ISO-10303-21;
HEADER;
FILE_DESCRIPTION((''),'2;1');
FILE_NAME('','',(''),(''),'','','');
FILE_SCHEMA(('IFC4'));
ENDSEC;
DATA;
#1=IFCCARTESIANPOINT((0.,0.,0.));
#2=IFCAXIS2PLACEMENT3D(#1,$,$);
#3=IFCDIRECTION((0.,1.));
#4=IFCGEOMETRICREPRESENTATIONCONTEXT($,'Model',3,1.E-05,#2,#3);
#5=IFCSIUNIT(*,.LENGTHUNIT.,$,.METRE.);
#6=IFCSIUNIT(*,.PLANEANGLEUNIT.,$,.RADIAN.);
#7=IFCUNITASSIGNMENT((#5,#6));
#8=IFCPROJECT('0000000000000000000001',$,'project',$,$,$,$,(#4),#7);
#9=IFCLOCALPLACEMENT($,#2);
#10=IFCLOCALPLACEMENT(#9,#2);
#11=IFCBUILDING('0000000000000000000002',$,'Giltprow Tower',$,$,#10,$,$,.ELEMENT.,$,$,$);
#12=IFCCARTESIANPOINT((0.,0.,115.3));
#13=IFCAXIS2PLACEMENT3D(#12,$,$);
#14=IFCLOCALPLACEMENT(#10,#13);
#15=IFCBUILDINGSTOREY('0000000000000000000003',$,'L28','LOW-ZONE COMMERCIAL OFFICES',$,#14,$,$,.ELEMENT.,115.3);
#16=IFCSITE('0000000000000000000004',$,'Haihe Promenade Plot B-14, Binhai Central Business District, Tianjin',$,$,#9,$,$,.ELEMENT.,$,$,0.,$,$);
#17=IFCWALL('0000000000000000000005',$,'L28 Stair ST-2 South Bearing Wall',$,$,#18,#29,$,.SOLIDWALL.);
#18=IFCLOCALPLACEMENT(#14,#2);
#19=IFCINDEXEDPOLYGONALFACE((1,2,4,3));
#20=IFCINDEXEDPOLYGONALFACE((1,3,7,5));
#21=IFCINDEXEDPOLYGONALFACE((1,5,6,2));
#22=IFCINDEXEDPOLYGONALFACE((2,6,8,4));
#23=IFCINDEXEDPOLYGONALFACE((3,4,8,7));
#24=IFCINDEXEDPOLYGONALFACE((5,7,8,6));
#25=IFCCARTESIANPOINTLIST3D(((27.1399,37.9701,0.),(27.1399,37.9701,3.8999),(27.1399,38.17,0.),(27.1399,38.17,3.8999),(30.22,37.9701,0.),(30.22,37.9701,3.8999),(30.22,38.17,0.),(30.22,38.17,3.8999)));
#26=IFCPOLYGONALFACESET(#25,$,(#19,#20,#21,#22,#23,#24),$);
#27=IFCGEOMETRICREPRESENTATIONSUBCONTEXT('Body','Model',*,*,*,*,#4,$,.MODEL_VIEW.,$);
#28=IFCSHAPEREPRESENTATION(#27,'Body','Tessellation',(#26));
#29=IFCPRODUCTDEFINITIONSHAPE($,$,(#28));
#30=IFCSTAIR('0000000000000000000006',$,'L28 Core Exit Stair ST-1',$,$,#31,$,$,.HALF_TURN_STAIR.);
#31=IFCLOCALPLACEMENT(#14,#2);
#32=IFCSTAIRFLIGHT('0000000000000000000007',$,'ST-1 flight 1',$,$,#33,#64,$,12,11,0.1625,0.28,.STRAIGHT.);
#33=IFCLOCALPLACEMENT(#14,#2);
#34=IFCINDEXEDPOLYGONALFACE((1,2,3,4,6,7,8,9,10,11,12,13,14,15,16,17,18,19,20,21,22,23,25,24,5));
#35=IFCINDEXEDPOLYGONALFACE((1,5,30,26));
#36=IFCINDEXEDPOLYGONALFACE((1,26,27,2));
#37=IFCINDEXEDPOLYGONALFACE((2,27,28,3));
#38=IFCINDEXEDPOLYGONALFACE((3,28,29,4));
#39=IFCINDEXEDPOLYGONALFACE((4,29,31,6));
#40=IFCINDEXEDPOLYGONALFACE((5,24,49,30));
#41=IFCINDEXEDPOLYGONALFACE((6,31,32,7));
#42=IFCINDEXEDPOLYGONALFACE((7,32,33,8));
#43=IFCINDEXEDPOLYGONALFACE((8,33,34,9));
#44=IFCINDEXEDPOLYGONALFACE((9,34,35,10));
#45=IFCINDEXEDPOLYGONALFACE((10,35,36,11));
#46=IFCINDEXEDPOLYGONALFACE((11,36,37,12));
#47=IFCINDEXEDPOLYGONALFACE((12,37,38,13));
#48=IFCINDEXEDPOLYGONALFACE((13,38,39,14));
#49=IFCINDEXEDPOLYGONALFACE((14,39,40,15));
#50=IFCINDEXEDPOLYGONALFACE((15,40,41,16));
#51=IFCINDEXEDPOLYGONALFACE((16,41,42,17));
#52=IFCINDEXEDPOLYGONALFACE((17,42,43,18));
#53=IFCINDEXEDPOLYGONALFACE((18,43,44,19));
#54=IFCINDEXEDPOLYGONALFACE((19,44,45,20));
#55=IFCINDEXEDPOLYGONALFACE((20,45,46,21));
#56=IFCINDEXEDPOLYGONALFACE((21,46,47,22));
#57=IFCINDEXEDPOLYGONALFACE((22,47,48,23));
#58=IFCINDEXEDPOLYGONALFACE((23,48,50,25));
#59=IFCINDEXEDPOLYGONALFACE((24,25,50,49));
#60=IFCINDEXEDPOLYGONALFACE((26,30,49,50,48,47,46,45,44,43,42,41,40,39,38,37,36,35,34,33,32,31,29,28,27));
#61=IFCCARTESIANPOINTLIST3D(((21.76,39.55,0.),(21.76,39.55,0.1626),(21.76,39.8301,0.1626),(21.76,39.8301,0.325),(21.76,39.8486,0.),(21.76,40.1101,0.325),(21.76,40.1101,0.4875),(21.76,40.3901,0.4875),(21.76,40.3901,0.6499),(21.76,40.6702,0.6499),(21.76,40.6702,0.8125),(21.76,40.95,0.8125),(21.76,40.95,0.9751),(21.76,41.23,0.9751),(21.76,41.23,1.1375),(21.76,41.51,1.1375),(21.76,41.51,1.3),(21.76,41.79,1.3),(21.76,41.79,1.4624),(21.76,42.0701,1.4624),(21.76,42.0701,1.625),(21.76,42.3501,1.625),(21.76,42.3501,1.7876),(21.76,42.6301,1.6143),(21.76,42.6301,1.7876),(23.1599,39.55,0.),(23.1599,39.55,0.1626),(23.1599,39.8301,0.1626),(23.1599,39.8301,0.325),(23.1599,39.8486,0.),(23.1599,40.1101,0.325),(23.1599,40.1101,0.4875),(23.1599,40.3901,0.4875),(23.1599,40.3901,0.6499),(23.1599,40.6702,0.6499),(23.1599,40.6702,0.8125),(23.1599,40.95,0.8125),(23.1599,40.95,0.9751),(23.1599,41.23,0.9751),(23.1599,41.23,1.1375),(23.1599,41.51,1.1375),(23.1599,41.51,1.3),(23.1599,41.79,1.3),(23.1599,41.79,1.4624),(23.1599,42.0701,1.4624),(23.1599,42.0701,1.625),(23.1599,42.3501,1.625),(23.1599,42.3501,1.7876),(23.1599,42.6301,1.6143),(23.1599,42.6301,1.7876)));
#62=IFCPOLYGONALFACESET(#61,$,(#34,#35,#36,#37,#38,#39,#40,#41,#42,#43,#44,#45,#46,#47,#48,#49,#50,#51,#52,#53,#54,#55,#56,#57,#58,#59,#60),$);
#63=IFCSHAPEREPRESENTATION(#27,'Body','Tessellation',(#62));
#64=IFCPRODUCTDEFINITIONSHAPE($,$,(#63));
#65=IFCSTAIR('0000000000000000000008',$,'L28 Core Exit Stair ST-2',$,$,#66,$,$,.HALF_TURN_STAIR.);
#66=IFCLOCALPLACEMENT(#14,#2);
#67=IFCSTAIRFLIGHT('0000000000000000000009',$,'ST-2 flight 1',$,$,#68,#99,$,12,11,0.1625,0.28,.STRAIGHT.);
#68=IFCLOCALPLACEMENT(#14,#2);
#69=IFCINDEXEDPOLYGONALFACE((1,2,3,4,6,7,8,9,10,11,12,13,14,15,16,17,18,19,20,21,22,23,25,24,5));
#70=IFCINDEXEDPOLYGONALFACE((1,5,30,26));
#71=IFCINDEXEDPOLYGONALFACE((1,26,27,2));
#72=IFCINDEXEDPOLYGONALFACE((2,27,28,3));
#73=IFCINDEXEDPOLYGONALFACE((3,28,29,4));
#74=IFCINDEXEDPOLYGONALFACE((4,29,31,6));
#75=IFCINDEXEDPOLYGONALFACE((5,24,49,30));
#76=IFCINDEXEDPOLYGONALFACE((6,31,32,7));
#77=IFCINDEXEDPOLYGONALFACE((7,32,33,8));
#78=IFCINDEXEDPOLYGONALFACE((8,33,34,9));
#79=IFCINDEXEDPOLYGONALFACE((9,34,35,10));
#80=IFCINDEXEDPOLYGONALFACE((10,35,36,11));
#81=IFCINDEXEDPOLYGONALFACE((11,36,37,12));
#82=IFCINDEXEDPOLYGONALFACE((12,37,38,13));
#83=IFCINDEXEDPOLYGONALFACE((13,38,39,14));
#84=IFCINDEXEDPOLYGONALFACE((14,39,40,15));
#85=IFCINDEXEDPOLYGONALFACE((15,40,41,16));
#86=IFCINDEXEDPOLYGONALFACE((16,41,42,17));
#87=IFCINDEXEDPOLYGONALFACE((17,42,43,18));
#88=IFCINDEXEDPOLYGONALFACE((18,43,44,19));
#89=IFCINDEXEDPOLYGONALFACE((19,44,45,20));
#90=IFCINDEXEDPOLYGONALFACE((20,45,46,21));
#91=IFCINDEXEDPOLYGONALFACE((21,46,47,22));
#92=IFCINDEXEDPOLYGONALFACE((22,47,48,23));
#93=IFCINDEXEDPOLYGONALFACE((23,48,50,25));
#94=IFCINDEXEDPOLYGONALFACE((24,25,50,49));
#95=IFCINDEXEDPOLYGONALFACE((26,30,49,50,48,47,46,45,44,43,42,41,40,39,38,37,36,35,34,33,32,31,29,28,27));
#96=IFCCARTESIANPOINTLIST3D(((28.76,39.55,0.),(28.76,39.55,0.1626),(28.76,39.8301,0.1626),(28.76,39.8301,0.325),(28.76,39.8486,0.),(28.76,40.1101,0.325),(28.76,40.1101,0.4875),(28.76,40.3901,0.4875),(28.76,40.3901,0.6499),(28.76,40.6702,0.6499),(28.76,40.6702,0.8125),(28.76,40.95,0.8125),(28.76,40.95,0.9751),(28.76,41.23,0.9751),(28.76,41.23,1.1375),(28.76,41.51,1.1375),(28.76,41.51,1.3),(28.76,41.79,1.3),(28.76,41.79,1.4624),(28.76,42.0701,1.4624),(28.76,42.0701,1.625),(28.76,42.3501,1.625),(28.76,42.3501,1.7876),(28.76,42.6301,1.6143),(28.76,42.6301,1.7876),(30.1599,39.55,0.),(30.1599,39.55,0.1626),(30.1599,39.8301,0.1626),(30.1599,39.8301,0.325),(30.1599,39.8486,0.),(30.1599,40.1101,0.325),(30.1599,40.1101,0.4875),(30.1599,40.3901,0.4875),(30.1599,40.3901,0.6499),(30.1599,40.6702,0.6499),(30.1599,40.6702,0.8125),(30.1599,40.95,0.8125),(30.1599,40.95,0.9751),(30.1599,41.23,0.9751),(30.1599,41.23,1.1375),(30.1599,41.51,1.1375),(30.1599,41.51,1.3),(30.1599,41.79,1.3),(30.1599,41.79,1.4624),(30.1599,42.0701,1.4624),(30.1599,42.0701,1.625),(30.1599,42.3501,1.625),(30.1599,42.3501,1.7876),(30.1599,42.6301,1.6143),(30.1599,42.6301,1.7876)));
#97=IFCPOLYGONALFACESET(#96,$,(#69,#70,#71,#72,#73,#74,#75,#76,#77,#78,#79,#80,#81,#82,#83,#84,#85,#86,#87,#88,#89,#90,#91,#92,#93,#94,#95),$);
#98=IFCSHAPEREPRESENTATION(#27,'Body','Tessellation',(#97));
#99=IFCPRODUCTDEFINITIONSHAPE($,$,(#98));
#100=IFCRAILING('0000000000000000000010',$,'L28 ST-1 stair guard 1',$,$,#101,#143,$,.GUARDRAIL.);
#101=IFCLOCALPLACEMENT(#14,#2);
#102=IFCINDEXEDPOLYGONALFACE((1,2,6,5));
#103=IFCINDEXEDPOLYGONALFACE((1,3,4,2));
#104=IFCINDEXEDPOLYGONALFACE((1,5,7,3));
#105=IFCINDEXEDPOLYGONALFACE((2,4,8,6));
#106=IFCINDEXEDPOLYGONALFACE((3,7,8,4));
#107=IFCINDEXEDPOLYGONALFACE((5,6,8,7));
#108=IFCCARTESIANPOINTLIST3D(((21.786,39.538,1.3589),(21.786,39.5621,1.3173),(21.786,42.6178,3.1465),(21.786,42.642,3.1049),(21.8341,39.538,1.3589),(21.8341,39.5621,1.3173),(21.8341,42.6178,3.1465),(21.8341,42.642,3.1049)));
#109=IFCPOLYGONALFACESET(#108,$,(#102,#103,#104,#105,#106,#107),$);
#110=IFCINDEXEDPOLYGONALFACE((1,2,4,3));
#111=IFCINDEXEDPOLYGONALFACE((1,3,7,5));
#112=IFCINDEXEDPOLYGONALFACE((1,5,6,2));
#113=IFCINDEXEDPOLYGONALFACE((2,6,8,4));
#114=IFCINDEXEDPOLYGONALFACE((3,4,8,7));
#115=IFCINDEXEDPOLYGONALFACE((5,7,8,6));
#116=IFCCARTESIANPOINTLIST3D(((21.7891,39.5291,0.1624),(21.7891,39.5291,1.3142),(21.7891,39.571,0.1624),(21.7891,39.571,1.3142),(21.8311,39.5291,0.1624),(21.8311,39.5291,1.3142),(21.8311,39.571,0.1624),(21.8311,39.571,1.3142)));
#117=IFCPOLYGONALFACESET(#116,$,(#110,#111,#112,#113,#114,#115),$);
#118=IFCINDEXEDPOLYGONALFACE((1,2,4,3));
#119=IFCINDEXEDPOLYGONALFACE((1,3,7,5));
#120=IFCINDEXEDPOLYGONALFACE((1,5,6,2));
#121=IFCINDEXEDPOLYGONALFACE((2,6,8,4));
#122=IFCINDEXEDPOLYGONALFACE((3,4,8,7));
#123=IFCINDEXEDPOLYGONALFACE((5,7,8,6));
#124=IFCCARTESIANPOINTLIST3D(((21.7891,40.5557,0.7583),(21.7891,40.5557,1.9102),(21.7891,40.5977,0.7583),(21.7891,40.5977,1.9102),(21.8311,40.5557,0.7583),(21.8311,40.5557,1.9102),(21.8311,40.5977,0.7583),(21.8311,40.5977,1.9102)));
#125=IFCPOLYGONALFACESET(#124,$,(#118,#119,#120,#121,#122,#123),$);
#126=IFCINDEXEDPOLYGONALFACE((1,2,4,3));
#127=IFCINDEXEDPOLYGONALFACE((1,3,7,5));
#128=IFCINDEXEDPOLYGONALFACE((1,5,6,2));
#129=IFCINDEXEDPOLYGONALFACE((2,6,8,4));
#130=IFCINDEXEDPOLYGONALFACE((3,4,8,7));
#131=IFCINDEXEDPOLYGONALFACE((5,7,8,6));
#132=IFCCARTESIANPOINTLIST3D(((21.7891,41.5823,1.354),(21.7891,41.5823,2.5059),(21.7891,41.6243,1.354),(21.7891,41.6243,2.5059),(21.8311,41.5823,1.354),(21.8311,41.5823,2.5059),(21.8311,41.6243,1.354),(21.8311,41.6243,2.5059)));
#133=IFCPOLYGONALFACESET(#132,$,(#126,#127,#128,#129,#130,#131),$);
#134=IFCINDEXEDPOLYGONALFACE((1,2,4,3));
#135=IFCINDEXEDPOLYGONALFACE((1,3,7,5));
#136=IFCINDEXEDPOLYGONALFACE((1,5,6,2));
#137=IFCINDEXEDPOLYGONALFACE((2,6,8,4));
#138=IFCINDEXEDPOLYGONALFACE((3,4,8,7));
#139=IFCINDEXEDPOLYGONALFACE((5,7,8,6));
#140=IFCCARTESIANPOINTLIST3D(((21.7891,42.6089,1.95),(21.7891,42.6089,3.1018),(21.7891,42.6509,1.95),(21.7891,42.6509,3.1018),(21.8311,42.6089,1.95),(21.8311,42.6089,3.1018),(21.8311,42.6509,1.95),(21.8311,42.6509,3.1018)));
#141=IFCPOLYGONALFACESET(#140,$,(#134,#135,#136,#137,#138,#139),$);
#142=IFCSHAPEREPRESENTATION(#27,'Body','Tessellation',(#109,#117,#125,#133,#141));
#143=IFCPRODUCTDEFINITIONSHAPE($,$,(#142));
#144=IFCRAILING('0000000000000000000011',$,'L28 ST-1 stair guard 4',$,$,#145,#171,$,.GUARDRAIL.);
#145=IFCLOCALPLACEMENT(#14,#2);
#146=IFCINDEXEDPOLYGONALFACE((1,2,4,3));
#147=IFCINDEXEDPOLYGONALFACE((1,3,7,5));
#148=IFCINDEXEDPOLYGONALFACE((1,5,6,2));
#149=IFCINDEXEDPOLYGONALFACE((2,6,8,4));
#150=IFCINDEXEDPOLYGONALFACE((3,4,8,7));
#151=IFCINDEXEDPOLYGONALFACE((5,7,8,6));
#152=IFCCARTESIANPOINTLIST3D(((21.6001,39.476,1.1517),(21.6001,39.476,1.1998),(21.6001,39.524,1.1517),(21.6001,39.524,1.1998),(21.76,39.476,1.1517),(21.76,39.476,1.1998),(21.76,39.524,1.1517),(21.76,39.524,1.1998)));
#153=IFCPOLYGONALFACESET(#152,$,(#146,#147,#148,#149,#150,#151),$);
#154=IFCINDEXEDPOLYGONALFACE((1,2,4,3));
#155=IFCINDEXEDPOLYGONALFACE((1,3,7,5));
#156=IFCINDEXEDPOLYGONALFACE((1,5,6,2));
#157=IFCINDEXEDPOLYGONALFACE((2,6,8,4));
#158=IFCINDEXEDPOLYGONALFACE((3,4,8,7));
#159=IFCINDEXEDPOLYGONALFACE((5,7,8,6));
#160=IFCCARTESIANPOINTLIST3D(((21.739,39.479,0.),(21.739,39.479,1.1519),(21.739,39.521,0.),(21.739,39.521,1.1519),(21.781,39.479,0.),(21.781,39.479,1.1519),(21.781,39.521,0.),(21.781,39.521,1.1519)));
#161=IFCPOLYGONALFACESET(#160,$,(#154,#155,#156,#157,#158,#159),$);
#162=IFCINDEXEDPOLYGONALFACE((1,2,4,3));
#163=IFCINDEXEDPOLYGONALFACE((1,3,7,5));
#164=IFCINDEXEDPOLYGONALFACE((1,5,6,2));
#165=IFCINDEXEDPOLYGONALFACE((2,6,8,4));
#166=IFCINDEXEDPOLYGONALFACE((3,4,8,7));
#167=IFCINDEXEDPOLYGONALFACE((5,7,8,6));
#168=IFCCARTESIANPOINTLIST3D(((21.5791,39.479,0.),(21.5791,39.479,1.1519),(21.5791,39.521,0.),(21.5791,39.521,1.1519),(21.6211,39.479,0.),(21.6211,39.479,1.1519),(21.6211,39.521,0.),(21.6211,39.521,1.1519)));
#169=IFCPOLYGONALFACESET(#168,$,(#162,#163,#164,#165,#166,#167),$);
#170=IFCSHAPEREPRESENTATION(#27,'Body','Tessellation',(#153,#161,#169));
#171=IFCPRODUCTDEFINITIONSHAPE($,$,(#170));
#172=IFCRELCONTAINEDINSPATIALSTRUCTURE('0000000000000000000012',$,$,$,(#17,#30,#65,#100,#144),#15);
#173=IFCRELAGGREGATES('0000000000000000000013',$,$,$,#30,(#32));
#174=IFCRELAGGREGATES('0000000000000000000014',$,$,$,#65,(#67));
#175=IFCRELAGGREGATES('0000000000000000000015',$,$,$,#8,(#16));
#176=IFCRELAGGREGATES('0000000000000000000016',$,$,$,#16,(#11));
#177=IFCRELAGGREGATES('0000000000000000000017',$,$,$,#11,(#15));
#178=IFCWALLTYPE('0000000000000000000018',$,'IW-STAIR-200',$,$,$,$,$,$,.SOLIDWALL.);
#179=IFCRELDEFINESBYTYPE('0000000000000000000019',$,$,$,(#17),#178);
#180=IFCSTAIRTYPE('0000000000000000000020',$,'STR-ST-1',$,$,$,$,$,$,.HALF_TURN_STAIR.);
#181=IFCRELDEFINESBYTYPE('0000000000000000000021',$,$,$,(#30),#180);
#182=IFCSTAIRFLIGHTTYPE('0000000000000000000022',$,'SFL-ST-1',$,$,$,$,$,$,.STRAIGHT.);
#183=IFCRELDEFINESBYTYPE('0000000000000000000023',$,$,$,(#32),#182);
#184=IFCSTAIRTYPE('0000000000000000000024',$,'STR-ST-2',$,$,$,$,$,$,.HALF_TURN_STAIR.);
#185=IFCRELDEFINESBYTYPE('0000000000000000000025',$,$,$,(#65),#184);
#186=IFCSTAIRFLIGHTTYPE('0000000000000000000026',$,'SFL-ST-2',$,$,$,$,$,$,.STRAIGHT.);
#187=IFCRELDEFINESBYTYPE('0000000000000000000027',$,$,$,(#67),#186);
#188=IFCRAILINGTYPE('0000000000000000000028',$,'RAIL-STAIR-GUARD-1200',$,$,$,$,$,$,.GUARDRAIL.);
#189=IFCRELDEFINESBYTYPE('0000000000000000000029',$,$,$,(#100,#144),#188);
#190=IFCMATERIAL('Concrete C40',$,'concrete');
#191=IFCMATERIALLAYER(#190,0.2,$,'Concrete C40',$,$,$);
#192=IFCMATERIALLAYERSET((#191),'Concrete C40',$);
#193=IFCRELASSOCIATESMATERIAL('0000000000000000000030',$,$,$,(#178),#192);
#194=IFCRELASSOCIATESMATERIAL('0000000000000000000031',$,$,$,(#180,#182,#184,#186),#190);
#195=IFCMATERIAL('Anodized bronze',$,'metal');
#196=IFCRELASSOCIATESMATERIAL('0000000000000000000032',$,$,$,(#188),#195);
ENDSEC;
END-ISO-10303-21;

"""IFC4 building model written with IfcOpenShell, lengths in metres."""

from ifc_helpers import new_model, si_unit, direction, frame, frame_2d, origin, origin_2d, place, context, subcontext, project, spatial, polyline, rectangle, outline, extrude, material, layer, layer_set, type_object, element, aggregate, save


model = new_model("IFC4")

# Units and contexts
model_context = context("Model", 3, precision=1e-05, world=origin(), true_north=direction((0.0, 1.0)))
body_context = subcontext(model_context, "Body", "Model", "MODEL_VIEW")
ifc_project = project(units=[si_unit("LENGTHUNIT", "METRE"), si_unit("PLANEANGLEUNIT", "RADIAN")], contexts=[model_context])

# Site, building, storey
site_placement = place(None, origin())
site = spatial("IfcSite", under=ifc_project, at=site_placement, Name="Haihe Promenade Plot B-14, Binhai Central Business District, Tianjin", CompositionType="ELEMENT", RefElevation=0.0)
building_placement = place(site_placement, origin())
building = spatial("IfcBuilding", under=site, at=building_placement, Name="Giltprow Tower", CompositionType="ELEMENT")
storey_placement = place(building_placement, frame((0.0, 0.0, 115.3)))
storey = spatial("IfcBuildingStorey", under=building, at=storey_placement, Name="L28", Description="LOW-ZONE COMMERCIAL OFFICES", CompositionType="ELEMENT", Elevation=115.3)

# Shared definitions
ifc_material_1 = material(Name="Concrete C40", Category="concrete")

# Shared definitions
ifc_layer_1 = layer(ifc_material_1, 0.2, Name="Concrete C40")
ifc_layer_set_1 = layer_set([ifc_layer_1], Name="Concrete C40")
wall_type_1 = type_object("IfcWallType", Name="IW-STAIR-200", PredefinedType="SOLIDWALL", material=ifc_layer_set_1)

# Wall
wall_1_placement = place(storey_placement, frame((27.1399, 38.0701, 0.0), z_axis=(0.0, 0.0, 1.0), x_axis=(1.0, 0.0, 0.0)))
element("IfcWall", 1, at=wall_1_placement, inside=storey, type_object=wall_type_1, Name="L28 Stair ST-2 South Bearing Wall", PredefinedType="SOLIDWALL", context=body_context, shape_type="SweptSolid", body=[
    extrude(rectangle(XDim=3.0801, YDim=0.2, at=frame_2d((1.54, 0.0))), origin(), (0.0, 0.0, 1.0), 3.8999),
])

# Stairs, stair flights
stair_type_1 = type_object("IfcStairType", Name="STR-ST-1", PredefinedType="HALF_TURN_STAIR", material=ifc_material_1)
stair_1_placement = place(storey_placement, origin())
stair_1 = element("IfcStair", 2, at=stair_1_placement, inside=storey, type_object=stair_type_1, Name="L28 Core Exit Stair ST-1", PredefinedType="HALF_TURN_STAIR")
stair_flight_type_1 = type_object("IfcStairFlightType", Name="SFL-ST-1", PredefinedType="STRAIGHT", material=ifc_material_1)
stair_flight_1_placement = place(storey_placement, frame((22.46, 39.55, 0.0), z_axis=(0.0, 0.0, 1.0), x_axis=(0.0, 1.0, 0.0)))
stair_flight_1 = element("IfcStairFlight", 3, at=stair_flight_1_placement, type_object=stair_flight_type_1, Name="ST-1 flight 1", NumberOfRisers=12, NumberOfTreads=11, PredefinedType="STRAIGHT", RiserHeight=0.1625, TreadLength=0.28, context=body_context, shape_type="SweptSolid", body=[
    extrude(outline(polyline([(0.0, 0.0), (0.0, 0.1626), (0.28, 0.1626), (0.28, 0.325), (0.5601, 0.325), (0.5601, 0.4875), (0.8401, 0.4875), (0.8401, 0.6499), (1.1201, 0.6499), (1.1201, 0.8125), (1.3999, 0.8125), (1.3999, 0.9751), (1.6799, 0.9751), (1.6799, 1.1375), (1.96, 1.1375), (1.96, 1.3), (2.24, 1.3), (2.24, 1.4624), (2.52, 1.4624), (2.52, 1.625), (2.8, 1.625), (2.8, 1.7876), (3.0801, 1.7876), (3.0801, 1.95), (3.0801, 1.6143), (0.2986, 0.0), (0.0, 0.0)])), frame((0.0, 0.7, 0.0), z_axis=(0.0, -1.0, 0.0), x_axis=(1.0, 0.0, 0.0)), (0.0, 0.0, 1.0), 1.3999),
])
aggregate(stair_1, [stair_flight_1])
stair_type_2 = type_object("IfcStairType", Name="STR-ST-2", PredefinedType="HALF_TURN_STAIR", material=ifc_material_1)
stair_2_placement = place(storey_placement, origin())
stair_2 = element("IfcStair", 4, at=stair_2_placement, inside=storey, type_object=stair_type_2, Name="L28 Core Exit Stair ST-2", PredefinedType="HALF_TURN_STAIR")
stair_flight_type_2 = type_object("IfcStairFlightType", Name="SFL-ST-2", PredefinedType="STRAIGHT", material=ifc_material_1)
stair_flight_2_placement = place(storey_placement, frame((29.46, 39.55, 0.0), z_axis=(0.0, 0.0, 1.0), x_axis=(0.0, 1.0, 0.0)))
stair_flight_2 = element("IfcStairFlight", 5, at=stair_flight_2_placement, type_object=stair_flight_type_2, Name="ST-2 flight 1", NumberOfRisers=12, NumberOfTreads=11, PredefinedType="STRAIGHT", RiserHeight=0.1625, TreadLength=0.28, context=body_context, shape_type="SweptSolid", body=[
    extrude(outline(polyline([(0.0, 0.0), (0.0, 0.1626), (0.28, 0.1626), (0.28, 0.325), (0.5601, 0.325), (0.5601, 0.4875), (0.8401, 0.4875), (0.8401, 0.6499), (1.1201, 0.6499), (1.1201, 0.8125), (1.3999, 0.8125), (1.3999, 0.9751), (1.6799, 0.9751), (1.6799, 1.1375), (1.96, 1.1375), (1.96, 1.3), (2.24, 1.3), (2.24, 1.4624), (2.52, 1.4624), (2.52, 1.625), (2.8, 1.625), (2.8, 1.7876), (3.0801, 1.7876), (3.0801, 1.95), (3.0801, 1.6143), (0.2986, 0.0), (0.0, 0.0)])), frame((0.0, 0.7, 0.0), z_axis=(0.0, -1.0, 0.0), x_axis=(1.0, 0.0, 0.0)), (0.0, 0.0, 1.0), 1.3999),
])
aggregate(stair_2, [stair_flight_2])

# Railings
ifc_material_2 = material(Name="Anodized bronze", Category="metal")
railing_type_1 = type_object("IfcRailingType", Name="RAIL-STAIR-GUARD-1200", PredefinedType="GUARDRAIL", material=ifc_material_2)
railing_1_placement = place(storey_placement, frame((21.8101, 39.55, 0.1624)))
element("IfcRailing", 6, at=railing_1_placement, inside=storey, type_object=railing_type_1, Name="L28 ST-1 stair guard 1", PredefinedType="GUARDRAIL", context=body_context, shape_type="SweptSolid", body=[
    extrude(rectangle(XDim=0.0481, YDim=0.0481, at=origin_2d()), frame((0.0, 0.0, 1.1758), z_axis=(0.0, 0.864873, 0.50199), x_axis=(-1.0, 0.0, 0.0)), (0.0, 0.0, 1.0), 3.561),
    extrude(rectangle(XDim=0.042, YDim=0.042, at=origin_2d()), origin(), (0.0, 0.0, 1.0), 1.1519),
    extrude(rectangle(XDim=0.042, YDim=0.042, at=origin_2d()), frame((0.0, 1.0266, 0.5959)), (0.0, 0.0, 1.0), 1.1519),
    extrude(rectangle(XDim=0.042, YDim=0.042, at=origin_2d()), frame((0.0, 2.0532, 1.1917)), (0.0, 0.0, 1.0), 1.1519),
    extrude(rectangle(XDim=0.042, YDim=0.042, at=origin_2d()), frame((0.0, 3.0798, 1.7876)), (0.0, 0.0, 1.0), 1.1519),
])
railing_2_placement = place(storey_placement, frame((21.76, 39.5, 0.0)))
element("IfcRailing", 7, at=railing_2_placement, inside=storey, type_object=railing_type_1, Name="L28 ST-1 stair guard 4", PredefinedType="GUARDRAIL", context=body_context, shape_type="SweptSolid", body=[
    extrude(rectangle(XDim=0.0481, YDim=0.0481, at=origin_2d()), frame((0.0, 0.0, 1.1758), z_axis=(-1.0, 0.0, 0.0), x_axis=(0.0, -1.0, 0.0)), (0.0, 0.0, 1.0), 0.1599),
    extrude(rectangle(XDim=0.042, YDim=0.042, at=origin_2d()), origin(), (0.0, 0.0, 1.0), 1.1519),
    extrude(rectangle(XDim=0.042, YDim=0.042, at=origin_2d()), frame((-0.1599, 0.0, 0.0)), (0.0, 0.0, 1.0), 1.1519),
])

save(model, "model.ifc")
